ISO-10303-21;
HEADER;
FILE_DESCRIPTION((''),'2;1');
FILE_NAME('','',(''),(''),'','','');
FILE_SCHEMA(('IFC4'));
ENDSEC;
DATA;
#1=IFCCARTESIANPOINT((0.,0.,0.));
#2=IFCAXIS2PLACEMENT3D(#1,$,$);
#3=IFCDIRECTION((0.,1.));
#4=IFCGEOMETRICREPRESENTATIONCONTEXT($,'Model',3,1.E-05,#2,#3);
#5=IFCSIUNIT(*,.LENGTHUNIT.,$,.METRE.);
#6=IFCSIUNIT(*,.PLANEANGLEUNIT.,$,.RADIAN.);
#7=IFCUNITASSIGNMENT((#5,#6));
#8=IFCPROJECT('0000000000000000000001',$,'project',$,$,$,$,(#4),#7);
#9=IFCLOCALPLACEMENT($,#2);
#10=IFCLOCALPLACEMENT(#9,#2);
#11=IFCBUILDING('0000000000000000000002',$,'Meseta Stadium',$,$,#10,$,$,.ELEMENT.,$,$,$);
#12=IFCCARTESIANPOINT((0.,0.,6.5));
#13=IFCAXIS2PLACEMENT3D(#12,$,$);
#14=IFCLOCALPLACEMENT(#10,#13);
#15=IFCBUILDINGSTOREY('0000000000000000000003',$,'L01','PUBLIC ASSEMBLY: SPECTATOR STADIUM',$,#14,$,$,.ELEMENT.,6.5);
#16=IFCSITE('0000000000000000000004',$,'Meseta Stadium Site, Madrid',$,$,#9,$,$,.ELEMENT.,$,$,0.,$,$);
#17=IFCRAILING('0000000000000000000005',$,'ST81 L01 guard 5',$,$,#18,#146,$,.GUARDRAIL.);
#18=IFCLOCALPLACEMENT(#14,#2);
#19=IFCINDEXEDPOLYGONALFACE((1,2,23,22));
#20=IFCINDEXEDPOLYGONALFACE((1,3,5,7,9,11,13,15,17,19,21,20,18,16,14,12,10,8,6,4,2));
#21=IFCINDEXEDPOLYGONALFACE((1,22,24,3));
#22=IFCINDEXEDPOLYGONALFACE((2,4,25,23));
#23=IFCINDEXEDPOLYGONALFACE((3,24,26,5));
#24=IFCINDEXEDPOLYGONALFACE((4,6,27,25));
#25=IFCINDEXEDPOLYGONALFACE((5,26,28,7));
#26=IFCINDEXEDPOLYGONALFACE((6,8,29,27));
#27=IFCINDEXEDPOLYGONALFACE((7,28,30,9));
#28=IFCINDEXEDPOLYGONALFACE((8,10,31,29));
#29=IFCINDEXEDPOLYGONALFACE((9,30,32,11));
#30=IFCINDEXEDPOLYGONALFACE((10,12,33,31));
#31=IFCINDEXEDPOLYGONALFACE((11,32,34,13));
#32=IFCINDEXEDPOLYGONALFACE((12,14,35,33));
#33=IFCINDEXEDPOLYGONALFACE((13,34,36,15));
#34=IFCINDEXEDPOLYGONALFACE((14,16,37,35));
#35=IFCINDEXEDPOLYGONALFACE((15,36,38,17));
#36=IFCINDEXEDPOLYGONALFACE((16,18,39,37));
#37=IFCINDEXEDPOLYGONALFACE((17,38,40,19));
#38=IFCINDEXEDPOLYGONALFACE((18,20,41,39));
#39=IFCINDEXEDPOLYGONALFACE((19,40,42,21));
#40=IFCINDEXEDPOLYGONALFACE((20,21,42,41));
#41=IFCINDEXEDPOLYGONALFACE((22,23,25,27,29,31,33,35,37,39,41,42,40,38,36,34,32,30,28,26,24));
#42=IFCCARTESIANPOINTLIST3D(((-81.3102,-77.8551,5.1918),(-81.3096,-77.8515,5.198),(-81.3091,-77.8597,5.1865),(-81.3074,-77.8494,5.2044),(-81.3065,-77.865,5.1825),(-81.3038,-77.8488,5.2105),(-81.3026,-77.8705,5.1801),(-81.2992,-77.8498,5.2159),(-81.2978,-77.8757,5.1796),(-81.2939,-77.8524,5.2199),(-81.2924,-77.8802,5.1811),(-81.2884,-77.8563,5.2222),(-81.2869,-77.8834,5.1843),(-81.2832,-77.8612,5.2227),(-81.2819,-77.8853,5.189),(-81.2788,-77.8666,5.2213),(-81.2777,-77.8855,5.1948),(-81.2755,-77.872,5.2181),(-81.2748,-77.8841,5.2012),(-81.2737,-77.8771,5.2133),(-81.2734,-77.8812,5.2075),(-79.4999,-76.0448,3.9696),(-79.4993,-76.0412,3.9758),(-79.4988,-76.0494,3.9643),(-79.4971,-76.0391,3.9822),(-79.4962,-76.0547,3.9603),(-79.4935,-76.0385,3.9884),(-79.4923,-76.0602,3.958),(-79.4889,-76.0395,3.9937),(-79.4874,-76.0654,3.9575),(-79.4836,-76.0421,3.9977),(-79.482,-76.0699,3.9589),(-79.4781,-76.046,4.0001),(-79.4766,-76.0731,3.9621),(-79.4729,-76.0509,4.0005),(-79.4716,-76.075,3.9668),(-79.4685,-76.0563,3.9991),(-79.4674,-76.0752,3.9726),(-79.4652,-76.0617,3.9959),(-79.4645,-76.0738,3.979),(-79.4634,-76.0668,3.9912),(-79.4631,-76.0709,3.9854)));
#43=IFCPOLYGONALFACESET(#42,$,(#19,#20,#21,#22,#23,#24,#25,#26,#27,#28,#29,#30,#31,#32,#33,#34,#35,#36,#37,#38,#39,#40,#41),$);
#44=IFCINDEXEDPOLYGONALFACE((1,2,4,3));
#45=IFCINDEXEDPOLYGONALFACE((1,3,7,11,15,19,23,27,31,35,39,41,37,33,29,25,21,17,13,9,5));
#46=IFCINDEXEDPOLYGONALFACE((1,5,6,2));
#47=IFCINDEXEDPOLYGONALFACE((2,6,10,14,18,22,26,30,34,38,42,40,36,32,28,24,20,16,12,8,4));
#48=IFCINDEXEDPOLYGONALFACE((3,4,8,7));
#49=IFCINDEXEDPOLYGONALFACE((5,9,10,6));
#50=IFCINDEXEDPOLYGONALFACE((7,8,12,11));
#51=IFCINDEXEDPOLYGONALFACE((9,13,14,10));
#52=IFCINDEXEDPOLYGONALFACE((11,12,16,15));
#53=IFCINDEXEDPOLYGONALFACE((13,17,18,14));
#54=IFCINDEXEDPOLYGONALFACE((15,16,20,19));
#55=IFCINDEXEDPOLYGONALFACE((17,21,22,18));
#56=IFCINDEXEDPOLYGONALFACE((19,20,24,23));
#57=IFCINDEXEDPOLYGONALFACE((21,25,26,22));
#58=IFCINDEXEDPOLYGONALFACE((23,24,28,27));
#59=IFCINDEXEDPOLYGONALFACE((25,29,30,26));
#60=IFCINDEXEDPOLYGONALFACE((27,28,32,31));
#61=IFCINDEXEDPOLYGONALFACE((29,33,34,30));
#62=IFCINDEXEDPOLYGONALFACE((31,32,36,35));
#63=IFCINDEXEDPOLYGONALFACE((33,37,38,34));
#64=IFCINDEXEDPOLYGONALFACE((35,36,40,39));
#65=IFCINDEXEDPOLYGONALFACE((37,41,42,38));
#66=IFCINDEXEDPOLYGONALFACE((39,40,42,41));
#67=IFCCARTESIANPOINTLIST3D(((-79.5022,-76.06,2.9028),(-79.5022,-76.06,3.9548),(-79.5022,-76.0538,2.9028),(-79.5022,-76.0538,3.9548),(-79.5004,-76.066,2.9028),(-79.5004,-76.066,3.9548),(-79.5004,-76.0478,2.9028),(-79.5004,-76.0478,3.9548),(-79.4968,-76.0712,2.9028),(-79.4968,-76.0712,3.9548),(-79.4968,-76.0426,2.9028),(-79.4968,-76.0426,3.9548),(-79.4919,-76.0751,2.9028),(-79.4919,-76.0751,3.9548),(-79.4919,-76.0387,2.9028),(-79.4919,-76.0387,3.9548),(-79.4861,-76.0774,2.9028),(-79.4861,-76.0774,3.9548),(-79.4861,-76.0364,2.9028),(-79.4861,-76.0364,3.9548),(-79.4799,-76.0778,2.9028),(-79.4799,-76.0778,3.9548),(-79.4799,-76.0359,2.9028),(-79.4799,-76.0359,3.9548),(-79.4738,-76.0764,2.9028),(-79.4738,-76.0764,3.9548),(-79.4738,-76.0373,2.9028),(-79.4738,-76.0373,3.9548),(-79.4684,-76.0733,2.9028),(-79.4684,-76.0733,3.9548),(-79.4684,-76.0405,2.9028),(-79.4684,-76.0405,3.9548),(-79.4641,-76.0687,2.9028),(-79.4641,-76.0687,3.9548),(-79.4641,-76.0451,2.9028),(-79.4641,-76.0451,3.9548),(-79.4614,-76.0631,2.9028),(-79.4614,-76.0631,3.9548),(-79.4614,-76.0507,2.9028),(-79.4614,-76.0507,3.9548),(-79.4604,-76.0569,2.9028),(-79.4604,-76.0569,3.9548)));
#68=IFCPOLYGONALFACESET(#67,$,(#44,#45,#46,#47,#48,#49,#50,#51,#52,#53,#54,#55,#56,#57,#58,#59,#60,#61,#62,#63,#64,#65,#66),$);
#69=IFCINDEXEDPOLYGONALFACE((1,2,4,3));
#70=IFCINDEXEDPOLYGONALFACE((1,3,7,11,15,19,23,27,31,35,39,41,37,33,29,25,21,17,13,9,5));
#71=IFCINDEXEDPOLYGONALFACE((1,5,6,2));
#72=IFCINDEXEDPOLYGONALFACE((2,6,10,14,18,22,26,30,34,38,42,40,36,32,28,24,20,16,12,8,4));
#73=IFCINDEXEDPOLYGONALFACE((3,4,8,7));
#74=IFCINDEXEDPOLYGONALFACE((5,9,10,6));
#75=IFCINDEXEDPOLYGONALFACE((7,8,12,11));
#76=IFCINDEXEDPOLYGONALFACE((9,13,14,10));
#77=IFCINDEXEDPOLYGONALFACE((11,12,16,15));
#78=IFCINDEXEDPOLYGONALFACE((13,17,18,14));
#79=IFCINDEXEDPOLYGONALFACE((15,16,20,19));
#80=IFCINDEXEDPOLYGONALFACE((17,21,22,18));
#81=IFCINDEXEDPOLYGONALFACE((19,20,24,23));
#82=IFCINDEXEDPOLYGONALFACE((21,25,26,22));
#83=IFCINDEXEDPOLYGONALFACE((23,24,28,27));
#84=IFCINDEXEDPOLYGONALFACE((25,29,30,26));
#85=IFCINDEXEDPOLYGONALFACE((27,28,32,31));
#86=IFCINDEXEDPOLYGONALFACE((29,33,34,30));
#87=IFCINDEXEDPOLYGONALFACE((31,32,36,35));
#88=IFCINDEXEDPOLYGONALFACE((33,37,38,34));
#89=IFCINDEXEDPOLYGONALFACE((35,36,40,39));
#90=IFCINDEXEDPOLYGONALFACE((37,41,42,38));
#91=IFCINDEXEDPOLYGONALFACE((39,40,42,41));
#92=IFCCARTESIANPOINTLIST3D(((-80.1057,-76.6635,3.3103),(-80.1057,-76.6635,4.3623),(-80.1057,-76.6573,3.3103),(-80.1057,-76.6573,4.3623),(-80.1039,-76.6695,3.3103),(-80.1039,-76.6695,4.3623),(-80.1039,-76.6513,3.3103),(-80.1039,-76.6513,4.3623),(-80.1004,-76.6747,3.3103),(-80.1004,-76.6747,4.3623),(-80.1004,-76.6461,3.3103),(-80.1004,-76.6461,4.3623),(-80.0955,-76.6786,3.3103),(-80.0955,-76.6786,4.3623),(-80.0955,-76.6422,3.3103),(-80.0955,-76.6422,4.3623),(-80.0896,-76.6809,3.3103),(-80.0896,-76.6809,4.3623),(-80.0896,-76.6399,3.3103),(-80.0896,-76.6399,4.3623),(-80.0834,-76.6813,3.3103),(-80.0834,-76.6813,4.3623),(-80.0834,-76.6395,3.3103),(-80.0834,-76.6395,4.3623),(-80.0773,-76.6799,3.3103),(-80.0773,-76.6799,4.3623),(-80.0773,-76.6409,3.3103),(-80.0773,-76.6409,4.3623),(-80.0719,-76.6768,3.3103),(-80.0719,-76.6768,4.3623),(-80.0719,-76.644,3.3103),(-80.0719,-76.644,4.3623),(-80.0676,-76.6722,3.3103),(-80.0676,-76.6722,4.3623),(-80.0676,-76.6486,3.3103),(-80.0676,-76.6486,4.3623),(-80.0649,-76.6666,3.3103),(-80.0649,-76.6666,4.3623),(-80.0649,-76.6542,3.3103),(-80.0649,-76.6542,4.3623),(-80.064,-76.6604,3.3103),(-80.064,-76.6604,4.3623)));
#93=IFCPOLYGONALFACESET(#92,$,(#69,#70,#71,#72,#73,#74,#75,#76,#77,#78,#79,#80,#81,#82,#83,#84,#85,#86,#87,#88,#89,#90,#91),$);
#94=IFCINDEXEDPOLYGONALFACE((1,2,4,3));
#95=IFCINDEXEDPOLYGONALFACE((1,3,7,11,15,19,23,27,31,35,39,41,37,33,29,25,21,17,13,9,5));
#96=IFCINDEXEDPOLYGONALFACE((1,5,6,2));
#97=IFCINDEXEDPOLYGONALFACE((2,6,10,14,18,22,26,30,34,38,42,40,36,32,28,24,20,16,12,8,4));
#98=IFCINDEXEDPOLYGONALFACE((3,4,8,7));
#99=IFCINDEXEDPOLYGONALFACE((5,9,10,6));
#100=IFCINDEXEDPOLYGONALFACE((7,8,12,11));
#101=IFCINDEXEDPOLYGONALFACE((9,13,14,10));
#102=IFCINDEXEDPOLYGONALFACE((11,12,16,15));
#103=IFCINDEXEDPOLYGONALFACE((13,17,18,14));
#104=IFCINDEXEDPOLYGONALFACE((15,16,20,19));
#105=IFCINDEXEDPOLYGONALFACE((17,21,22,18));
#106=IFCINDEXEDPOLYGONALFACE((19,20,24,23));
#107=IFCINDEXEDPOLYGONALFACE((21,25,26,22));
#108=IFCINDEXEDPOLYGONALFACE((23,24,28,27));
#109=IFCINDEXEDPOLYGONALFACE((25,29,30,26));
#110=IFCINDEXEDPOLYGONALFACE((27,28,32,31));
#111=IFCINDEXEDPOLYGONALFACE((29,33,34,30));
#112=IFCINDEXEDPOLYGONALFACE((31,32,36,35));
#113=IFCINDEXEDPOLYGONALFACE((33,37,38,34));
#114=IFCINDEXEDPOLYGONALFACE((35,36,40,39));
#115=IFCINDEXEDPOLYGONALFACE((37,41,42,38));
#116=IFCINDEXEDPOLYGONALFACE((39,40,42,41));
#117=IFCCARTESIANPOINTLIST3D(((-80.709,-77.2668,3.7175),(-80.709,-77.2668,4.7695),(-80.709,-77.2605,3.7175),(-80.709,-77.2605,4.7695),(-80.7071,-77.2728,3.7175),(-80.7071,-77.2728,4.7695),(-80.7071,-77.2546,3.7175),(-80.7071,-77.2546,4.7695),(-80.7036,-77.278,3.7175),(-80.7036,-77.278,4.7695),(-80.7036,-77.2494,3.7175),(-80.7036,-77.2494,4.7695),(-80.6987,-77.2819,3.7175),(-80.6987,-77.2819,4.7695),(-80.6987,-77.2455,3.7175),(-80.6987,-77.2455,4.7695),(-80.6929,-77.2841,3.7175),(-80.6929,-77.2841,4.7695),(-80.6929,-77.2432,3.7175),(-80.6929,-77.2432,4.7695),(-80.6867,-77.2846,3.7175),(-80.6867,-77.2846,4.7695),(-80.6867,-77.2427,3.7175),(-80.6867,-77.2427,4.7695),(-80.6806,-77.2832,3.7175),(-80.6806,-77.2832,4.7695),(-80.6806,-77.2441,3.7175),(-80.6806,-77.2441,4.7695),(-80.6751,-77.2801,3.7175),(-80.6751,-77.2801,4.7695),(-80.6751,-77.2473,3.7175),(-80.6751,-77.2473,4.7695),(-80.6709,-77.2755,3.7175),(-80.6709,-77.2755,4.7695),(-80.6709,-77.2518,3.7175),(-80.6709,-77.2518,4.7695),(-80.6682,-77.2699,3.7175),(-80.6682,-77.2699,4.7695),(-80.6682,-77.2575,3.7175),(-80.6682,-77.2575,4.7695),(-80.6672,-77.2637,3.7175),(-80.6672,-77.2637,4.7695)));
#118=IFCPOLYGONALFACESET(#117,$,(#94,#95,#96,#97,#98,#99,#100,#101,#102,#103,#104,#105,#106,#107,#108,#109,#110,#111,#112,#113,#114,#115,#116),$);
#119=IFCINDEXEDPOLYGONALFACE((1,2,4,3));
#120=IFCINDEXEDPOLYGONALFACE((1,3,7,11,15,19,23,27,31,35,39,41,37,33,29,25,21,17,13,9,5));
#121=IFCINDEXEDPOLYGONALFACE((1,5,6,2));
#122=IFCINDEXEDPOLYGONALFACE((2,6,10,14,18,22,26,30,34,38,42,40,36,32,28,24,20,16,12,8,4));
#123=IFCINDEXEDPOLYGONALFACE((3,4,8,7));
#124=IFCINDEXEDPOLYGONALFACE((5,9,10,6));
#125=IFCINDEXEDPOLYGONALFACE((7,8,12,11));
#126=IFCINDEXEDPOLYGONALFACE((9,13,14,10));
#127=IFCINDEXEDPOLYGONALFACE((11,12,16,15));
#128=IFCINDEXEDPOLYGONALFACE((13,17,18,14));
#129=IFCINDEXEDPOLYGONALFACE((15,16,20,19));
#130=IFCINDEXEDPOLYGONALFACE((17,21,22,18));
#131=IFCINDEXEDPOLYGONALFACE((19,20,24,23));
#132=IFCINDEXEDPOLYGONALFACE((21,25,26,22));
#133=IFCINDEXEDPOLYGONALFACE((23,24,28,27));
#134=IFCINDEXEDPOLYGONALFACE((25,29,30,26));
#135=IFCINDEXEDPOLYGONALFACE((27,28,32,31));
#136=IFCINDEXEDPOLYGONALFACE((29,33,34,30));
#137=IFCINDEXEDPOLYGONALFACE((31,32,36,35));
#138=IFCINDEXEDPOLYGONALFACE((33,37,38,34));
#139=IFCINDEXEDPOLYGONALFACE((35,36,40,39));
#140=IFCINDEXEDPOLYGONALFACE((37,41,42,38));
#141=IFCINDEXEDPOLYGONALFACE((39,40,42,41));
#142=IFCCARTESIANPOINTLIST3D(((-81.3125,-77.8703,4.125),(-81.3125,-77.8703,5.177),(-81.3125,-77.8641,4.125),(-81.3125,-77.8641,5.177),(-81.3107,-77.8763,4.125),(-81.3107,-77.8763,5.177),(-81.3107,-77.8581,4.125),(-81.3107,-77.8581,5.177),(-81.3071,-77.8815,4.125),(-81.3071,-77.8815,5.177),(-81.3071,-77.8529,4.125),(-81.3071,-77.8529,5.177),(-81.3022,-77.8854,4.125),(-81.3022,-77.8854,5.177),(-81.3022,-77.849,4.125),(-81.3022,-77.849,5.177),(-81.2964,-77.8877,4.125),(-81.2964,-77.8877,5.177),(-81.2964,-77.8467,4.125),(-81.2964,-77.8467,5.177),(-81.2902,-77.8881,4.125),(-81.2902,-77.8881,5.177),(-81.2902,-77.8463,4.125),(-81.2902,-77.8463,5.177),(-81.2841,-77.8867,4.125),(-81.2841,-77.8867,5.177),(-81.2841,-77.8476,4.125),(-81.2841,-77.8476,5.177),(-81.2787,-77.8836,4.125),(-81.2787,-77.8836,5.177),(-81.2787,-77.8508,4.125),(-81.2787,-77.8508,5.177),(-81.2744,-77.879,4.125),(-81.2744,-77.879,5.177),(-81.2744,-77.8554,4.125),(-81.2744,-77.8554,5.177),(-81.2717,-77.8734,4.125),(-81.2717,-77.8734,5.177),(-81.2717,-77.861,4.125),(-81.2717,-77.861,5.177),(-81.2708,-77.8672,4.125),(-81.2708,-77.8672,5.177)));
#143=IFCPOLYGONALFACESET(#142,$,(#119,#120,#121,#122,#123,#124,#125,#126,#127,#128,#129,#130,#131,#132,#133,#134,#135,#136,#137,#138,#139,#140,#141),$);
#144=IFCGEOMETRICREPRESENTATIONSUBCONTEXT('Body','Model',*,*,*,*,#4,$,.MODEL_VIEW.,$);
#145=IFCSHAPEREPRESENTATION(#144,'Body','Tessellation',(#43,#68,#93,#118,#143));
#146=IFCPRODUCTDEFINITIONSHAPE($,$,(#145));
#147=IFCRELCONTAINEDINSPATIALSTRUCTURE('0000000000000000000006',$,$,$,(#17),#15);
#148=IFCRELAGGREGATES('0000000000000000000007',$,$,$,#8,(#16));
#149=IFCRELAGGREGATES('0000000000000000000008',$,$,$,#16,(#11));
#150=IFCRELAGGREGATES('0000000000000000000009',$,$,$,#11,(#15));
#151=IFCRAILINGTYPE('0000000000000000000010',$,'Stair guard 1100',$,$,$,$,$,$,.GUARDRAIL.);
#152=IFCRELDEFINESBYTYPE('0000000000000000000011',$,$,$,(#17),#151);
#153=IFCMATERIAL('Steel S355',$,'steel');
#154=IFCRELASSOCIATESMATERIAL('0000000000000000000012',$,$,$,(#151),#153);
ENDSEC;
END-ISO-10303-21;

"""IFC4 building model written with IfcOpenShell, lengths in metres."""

from ifc_helpers import new_model, si_unit, direction, frame, origin, origin_2d, place, context, subcontext, project, spatial, circle, extrude, material, type_object, element, save


model = new_model("IFC4")

# Units and contexts
model_context = context("Model", 3, precision=1e-05, world=origin(), true_north=direction((0.0, 1.0)))
body_context = subcontext(model_context, "Body", "Model", "MODEL_VIEW")
ifc_project = project(units=[si_unit("LENGTHUNIT", "METRE"), si_unit("PLANEANGLEUNIT", "RADIAN")], contexts=[model_context])

# Site, building, storey
site_placement = place(None, origin())
site = spatial("IfcSite", under=ifc_project, at=site_placement, Name="Meseta Stadium Site, Madrid", CompositionType="ELEMENT", RefElevation=0.0)
building_placement = place(site_placement, origin())
building = spatial("IfcBuilding", under=site, at=building_placement, Name="Meseta Stadium", CompositionType="ELEMENT")
storey_placement = place(building_placement, frame((0.0, 0.0, 6.5)))
storey = spatial("IfcBuildingStorey", under=building, at=storey_placement, Name="L01", Description="PUBLIC ASSEMBLY: SPECTATOR STADIUM", CompositionType="ELEMENT", Elevation=6.5)

# Railing
ifc_material_1 = material(Name="Steel S355", Category="steel")
railing_type_1 = type_object("IfcRailingType", Name="Stair guard 1100", PredefinedType="GUARDRAIL", material=ifc_material_1)
railing_1_placement = place(storey_placement, frame((-79.4814, -76.0569, 2.9028)))
element("IfcRailing", 1, at=railing_1_placement, inside=storey, type_object=railing_type_1, Name="ST81 L01 guard 5", PredefinedType="GUARDRAIL", context=body_context, shape_type="SweptSolid", body=[
    extrude(circle(Radius=0.0239, at=origin_2d()), frame((0.0, 0.0, 1.0762), z_axis=(-0.638124, -0.638124, 0.430809), x_axis=(0.707107, -0.707107, 0.0)), (0.0, 0.0, 1.0), 2.8369),
    extrude(circle(Radius=0.021, at=origin_2d()), origin(), (0.0, 0.0, 1.0), 1.052),
    extrude(circle(Radius=0.021, at=origin_2d()), frame((-0.6035, -0.6035, 0.4075)), (0.0, 0.0, 1.0), 1.052),
    extrude(circle(Radius=0.021, at=origin_2d()), frame((-1.2068, -1.2068, 0.8147)), (0.0, 0.0, 1.0), 1.052),
    extrude(circle(Radius=0.021, at=origin_2d()), frame((-1.8103, -1.8103, 1.2222)), (0.0, 0.0, 1.0), 1.052),
])

save(model, "model.ifc")
